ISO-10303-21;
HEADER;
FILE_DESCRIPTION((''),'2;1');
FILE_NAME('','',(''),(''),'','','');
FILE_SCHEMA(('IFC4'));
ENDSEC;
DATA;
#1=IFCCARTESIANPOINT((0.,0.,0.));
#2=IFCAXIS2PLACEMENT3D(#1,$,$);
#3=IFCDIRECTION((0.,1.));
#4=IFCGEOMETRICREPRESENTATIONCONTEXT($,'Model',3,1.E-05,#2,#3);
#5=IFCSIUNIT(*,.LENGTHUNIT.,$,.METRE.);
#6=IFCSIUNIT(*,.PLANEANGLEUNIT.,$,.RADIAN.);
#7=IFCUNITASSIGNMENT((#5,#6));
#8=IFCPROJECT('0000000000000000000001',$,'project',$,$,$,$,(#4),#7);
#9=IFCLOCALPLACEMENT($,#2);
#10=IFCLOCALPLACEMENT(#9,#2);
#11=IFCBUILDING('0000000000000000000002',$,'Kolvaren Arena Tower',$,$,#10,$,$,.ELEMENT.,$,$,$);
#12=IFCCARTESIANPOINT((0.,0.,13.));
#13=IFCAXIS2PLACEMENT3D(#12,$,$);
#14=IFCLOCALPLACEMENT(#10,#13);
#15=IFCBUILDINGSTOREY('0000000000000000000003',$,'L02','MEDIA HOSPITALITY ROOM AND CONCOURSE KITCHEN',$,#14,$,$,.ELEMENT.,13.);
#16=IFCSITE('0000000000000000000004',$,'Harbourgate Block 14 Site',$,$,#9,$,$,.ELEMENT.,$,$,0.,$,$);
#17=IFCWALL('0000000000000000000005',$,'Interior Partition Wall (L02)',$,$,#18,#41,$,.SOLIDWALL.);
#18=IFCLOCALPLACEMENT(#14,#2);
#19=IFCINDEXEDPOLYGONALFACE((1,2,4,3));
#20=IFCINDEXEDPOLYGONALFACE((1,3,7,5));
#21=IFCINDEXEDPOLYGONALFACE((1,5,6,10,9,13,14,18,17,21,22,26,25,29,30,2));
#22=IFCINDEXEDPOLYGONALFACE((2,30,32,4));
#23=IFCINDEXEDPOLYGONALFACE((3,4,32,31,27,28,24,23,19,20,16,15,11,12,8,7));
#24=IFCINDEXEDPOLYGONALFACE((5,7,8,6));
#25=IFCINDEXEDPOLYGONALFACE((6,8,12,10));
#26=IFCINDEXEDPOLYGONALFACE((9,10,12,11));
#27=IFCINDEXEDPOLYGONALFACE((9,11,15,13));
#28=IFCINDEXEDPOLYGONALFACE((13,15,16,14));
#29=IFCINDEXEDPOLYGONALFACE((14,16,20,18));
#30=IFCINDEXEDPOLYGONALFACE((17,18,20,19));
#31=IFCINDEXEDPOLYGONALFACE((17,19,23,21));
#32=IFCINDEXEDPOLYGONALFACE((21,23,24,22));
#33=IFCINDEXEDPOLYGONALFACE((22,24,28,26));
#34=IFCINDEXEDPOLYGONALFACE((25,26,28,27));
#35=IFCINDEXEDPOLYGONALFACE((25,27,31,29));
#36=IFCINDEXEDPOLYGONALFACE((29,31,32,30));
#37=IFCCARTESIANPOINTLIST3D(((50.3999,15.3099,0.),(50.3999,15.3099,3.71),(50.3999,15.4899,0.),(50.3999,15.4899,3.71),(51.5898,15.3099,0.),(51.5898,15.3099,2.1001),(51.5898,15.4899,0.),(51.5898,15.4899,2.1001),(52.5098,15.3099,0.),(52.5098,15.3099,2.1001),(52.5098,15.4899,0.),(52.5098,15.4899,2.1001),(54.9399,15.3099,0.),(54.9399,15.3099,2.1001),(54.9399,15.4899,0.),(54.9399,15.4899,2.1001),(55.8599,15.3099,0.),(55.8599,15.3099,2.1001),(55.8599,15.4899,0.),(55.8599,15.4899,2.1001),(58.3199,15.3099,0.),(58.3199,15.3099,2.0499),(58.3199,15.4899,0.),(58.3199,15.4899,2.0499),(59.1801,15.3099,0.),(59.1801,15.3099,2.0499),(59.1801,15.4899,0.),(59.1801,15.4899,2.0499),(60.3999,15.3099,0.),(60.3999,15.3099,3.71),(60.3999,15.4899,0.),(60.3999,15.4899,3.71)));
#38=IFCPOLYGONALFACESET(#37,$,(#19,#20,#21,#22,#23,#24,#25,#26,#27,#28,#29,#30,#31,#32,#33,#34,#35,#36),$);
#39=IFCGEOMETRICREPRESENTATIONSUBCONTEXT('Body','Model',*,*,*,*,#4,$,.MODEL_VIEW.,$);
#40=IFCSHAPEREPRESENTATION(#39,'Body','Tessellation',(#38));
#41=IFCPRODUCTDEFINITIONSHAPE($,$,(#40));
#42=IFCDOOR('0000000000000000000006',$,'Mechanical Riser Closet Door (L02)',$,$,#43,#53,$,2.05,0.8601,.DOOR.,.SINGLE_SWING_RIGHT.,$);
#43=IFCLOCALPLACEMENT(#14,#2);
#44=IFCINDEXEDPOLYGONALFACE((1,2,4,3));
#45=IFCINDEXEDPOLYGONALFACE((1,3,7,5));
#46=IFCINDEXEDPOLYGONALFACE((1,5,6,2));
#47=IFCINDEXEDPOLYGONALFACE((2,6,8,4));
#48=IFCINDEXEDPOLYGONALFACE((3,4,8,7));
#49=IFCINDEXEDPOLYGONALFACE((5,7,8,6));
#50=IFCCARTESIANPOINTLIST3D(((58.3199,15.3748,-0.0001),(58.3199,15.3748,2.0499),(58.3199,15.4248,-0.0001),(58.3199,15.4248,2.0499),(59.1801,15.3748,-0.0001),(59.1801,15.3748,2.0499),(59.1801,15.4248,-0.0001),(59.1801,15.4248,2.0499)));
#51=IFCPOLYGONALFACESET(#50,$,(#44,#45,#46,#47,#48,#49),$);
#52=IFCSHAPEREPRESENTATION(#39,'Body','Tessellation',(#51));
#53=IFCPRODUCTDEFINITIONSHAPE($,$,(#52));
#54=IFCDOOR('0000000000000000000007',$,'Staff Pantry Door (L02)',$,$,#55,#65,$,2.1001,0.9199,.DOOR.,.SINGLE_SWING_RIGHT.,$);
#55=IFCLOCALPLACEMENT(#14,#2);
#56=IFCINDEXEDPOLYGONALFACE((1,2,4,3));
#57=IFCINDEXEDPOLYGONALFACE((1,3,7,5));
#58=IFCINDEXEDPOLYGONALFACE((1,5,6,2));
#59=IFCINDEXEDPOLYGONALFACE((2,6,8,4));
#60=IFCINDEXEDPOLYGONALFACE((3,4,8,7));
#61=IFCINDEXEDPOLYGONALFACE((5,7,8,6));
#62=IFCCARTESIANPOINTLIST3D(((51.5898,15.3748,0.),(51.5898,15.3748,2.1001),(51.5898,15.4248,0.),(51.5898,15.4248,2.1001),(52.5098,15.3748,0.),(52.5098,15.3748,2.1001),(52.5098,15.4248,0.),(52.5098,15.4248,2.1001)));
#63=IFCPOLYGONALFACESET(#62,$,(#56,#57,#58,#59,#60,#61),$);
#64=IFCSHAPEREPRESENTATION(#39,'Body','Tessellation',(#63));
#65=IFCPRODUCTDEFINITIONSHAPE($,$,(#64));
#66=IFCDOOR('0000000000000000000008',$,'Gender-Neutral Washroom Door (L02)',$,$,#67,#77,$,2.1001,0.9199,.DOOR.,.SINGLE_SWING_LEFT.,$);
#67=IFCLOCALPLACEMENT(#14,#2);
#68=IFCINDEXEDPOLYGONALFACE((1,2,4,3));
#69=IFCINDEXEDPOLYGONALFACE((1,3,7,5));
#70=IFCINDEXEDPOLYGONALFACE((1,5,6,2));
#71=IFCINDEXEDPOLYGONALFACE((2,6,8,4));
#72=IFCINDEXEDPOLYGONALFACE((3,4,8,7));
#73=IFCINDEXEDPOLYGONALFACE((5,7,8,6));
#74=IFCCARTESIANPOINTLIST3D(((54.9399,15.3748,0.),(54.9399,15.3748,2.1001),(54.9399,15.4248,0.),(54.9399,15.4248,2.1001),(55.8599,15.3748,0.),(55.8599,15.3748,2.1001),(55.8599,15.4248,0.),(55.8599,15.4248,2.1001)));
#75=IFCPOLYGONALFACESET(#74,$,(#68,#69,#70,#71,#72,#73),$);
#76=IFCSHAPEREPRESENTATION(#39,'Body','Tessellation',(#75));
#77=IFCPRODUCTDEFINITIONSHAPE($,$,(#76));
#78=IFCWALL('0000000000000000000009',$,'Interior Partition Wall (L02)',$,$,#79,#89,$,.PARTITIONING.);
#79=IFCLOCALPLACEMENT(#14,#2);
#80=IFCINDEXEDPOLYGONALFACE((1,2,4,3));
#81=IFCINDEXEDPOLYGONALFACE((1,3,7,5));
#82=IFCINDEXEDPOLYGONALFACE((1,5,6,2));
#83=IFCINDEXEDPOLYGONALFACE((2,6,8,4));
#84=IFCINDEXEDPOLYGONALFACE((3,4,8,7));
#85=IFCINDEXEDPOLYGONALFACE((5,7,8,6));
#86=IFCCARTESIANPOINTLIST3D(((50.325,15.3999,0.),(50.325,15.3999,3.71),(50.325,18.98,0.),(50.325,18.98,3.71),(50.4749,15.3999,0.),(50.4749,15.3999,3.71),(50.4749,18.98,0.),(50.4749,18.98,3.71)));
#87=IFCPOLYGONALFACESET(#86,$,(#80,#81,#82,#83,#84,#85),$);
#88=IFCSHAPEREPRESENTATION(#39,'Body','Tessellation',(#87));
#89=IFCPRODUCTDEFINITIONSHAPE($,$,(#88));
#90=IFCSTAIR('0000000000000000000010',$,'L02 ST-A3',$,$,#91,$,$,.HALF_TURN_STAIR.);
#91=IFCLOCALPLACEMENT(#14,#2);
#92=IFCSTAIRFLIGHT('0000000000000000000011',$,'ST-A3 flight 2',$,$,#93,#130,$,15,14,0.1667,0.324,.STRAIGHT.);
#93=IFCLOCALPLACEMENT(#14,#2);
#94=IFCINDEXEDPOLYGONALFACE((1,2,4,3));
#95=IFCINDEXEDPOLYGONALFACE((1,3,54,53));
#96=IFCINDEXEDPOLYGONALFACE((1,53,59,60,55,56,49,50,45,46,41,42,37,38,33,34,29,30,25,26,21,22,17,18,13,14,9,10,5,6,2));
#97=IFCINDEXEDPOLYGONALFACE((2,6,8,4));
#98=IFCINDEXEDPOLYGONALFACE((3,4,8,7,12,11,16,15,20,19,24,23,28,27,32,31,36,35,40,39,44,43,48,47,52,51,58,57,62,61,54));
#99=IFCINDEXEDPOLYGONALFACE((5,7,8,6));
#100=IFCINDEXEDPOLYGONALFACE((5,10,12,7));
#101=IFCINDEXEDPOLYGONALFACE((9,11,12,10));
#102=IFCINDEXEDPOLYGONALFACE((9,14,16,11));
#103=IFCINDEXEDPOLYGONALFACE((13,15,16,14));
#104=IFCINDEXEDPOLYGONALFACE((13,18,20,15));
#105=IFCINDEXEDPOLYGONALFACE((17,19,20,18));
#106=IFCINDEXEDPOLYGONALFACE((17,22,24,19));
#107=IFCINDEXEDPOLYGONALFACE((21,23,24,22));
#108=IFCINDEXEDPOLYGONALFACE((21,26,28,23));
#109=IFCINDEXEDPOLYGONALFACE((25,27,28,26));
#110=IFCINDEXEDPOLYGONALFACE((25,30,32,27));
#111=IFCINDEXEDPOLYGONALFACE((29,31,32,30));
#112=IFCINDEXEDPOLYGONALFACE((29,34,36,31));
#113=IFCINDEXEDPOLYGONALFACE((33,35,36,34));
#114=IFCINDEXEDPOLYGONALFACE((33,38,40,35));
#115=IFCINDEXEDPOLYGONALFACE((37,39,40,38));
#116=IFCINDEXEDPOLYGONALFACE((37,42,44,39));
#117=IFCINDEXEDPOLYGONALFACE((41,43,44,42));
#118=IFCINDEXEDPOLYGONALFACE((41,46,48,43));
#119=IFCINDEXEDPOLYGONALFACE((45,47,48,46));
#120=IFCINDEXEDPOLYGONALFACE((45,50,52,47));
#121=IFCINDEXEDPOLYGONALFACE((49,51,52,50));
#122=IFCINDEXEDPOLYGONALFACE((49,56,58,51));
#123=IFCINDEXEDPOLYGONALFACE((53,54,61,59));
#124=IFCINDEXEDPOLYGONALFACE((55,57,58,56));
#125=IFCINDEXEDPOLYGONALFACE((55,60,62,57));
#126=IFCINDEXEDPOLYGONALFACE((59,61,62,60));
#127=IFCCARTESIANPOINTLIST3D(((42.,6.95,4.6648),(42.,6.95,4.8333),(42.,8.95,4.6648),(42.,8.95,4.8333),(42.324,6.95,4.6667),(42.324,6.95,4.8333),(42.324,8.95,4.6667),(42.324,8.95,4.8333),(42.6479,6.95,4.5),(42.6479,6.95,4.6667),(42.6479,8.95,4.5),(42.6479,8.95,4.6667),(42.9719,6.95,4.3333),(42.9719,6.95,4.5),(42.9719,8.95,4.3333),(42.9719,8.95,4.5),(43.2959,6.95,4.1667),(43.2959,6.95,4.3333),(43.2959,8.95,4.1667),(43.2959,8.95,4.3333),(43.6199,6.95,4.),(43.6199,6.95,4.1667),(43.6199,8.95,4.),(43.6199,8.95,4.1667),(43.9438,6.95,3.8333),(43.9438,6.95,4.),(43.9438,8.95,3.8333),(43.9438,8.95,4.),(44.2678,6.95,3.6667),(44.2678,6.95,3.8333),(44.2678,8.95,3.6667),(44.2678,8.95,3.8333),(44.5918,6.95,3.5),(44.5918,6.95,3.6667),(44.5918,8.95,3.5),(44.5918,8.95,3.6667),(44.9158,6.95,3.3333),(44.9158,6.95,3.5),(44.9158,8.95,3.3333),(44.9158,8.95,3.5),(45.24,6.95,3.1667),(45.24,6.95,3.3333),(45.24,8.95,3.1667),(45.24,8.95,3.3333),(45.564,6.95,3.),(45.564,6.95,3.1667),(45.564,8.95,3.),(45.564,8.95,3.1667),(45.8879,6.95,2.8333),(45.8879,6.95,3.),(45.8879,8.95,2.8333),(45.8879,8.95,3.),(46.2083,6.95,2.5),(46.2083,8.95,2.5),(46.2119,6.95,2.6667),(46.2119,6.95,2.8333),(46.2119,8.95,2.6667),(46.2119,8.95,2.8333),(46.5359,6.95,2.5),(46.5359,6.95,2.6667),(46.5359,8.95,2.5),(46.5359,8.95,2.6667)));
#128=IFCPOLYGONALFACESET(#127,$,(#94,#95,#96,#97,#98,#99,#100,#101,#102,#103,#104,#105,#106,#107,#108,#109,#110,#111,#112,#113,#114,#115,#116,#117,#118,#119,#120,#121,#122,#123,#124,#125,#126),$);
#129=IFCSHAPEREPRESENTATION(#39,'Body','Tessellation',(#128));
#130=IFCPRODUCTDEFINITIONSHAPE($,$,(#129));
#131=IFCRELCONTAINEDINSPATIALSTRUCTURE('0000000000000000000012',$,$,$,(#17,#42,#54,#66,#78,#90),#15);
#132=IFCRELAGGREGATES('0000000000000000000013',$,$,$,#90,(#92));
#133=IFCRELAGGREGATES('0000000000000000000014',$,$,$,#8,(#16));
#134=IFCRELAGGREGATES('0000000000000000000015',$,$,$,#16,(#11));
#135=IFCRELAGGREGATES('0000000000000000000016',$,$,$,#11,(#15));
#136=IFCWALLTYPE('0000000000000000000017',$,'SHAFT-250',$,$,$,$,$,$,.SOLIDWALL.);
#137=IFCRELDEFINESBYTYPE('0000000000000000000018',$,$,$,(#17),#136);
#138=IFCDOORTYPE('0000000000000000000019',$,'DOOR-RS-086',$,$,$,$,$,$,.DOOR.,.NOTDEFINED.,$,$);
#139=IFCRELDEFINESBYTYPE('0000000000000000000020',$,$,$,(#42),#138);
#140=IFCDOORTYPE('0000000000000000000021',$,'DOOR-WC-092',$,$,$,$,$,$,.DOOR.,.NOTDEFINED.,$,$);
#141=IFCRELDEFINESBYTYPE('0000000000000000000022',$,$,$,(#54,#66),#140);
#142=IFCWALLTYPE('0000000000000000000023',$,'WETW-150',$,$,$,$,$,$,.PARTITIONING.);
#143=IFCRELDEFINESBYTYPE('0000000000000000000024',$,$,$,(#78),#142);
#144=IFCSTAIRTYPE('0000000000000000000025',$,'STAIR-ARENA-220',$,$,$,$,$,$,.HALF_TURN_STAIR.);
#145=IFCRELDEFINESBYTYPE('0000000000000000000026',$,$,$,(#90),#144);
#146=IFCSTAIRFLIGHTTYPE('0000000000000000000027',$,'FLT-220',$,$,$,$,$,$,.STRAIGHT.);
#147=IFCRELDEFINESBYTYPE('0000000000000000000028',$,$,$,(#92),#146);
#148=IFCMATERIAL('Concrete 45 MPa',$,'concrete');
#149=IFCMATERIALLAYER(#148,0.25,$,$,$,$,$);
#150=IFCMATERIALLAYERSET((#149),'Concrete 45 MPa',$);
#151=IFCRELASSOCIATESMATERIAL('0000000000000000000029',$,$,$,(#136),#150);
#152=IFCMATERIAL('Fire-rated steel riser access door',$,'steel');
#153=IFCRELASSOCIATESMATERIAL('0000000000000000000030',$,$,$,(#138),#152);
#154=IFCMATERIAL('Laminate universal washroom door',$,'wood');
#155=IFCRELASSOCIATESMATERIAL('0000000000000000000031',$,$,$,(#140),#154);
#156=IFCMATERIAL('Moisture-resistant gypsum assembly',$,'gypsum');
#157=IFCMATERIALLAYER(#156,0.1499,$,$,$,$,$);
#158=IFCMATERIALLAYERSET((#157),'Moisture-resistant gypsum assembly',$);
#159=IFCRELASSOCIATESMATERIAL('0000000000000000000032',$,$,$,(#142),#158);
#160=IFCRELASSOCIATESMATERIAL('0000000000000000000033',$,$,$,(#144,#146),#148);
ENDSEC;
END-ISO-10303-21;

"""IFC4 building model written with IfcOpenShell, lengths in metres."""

from ifc_helpers import new_model, si_unit, direction, frame, frame_2d, origin, place, context, subcontext, project, spatial, polyline, rectangle, outline, extrude, material, layer, layer_set, type_object, element, fill, aggregate, save


model = new_model("IFC4")

# Units and contexts
model_context = context("Model", 3, precision=1e-05, world=origin(), true_north=direction((0.0, 1.0)))
body_context = subcontext(model_context, "Body", "Model", "MODEL_VIEW")
ifc_project = project(units=[si_unit("LENGTHUNIT", "METRE"), si_unit("PLANEANGLEUNIT", "RADIAN")], contexts=[model_context])

# Site, building, storey
site_placement = place(None, origin())
site = spatial("IfcSite", under=ifc_project, at=site_placement, Name="Harbourgate Block 14 Site", CompositionType="ELEMENT", RefElevation=0.0)
building_placement = place(site_placement, origin())
building = spatial("IfcBuilding", under=site, at=building_placement, Name="Kolvaren Arena Tower", CompositionType="ELEMENT")
storey_placement = place(building_placement, frame((0.0, 0.0, 13.0)))
storey = spatial("IfcBuildingStorey", under=building, at=storey_placement, Name="L02", Description="MEDIA HOSPITALITY ROOM AND CONCOURSE KITCHEN", CompositionType="ELEMENT", Elevation=13.0)

# Shared definitions
ifc_material_1 = material(Name="Concrete 45 MPa", Category="concrete")
ifc_layer_1 = layer(ifc_material_1, 0.25)
ifc_layer_set_1 = layer_set([ifc_layer_1], Name="Concrete 45 MPa")
wall_type_1 = type_object("IfcWallType", Name="SHAFT-250", PredefinedType="SOLIDWALL", material=ifc_layer_set_1)

# Wall, openings, doors
wall_1_placement = place(storey_placement, frame((50.3999, 15.3999, 0.0), z_axis=(0.0, 0.0, 1.0), x_axis=(1.0, 0.0, 0.0)))
wall_1 = element("IfcWall", 1, at=wall_1_placement, inside=storey, type_object=wall_type_1, Name="Interior Partition Wall (L02)", PredefinedType="SOLIDWALL", context=body_context, shape_type="SweptSolid", body=[
    extrude(rectangle(XDim=10.0, YDim=0.1799, at=frame_2d((5.0, 0.0))), origin(), (0.0, 0.0, 1.0), 3.71),
])
opening_1_placement = place(wall_1_placement, frame((1.1899, 0.0, 0.0)))
opening_1 = element("IfcOpeningElement", 2, at=opening_1_placement, cuts=wall_1, PredefinedType="OPENING", context=body_context, shape_type="SweptSolid", body=[
    extrude(rectangle(XDim=0.9199, YDim=2.1001, at=frame_2d((0.46, 1.05))), frame((0.0, 0.0999, 0.0), z_axis=(0.0, -1.0, 0.0), x_axis=(1.0, 0.0, 0.0)), (0.0, 0.0, 1.0), 0.2),
])
opening_2_placement = place(wall_1_placement, frame((4.54, 0.0, 0.0)))
opening_2 = element("IfcOpeningElement", 3, at=opening_2_placement, cuts=wall_1, PredefinedType="OPENING", context=body_context, shape_type="SweptSolid", body=[
    extrude(rectangle(XDim=0.9199, YDim=2.1001, at=frame_2d((0.46, 1.05))), frame((0.0, 0.0999, 0.0), z_axis=(0.0, -1.0, 0.0), x_axis=(1.0, 0.0, 0.0)), (0.0, 0.0, 1.0), 0.2),
])
opening_3_placement = place(wall_1_placement, frame((7.9199, 0.0, 0.0)))
opening_3 = element("IfcOpeningElement", 4, at=opening_3_placement, cuts=wall_1, PredefinedType="OPENING", context=body_context, shape_type="SweptSolid", body=[
    extrude(rectangle(XDim=0.8601, YDim=2.05, at=frame_2d((0.4302, 1.0249))), frame((0.0, 0.0999, 0.0), z_axis=(0.0, -1.0, 0.0), x_axis=(1.0, 0.0, 0.0)), (0.0, 0.0, 1.0), 0.2),
])
ifc_material_2 = material(Name="Fire-rated steel riser access door", Category="steel")
door_type_1 = type_object("IfcDoorType", Name="DOOR-RS-086", OperationType="NOTDEFINED", PredefinedType="DOOR", material=ifc_material_2)
door_1_placement = place(opening_3_placement, origin())
door_1 = element("IfcDoor", 5, at=door_1_placement, inside=storey, type_object=door_type_1, Name="Mechanical Riser Closet Door (L02)", OperationType="SINGLE_SWING_RIGHT", OverallHeight=2.05, OverallWidth=0.8601, PredefinedType="DOOR", context=body_context, shape_type="SweptSolid", body=[
    extrude(rectangle(XDim=0.8601, YDim=2.05, at=frame_2d((0.4302, 1.0249))), frame((0.0, 0.0249, 0.0), z_axis=(0.0, -1.0, 0.0), x_axis=(1.0, 0.0, 0.0)), (0.0, 0.0, 1.0), 0.05),
])
fill(opening_3, door_1)
ifc_material_3 = material(Name="Laminate universal washroom door", Category="wood")
door_type_2 = type_object("IfcDoorType", Name="DOOR-WC-092", OperationType="NOTDEFINED", PredefinedType="DOOR", material=ifc_material_3)
door_2_placement = place(opening_1_placement, origin())
door_2 = element("IfcDoor", 6, at=door_2_placement, inside=storey, type_object=door_type_2, Name="Staff Pantry Door (L02)", OperationType="SINGLE_SWING_RIGHT", OverallHeight=2.1001, OverallWidth=0.9199, PredefinedType="DOOR", context=body_context, shape_type="SweptSolid", body=[
    extrude(rectangle(XDim=0.9199, YDim=2.1001, at=frame_2d((0.46, 1.05))), frame((0.0, 0.0249, 0.0), z_axis=(0.0, -1.0, 0.0), x_axis=(1.0, 0.0, 0.0)), (0.0, 0.0, 1.0), 0.05),
])
fill(opening_1, door_2)
door_3_placement = place(opening_2_placement, origin())
door_3 = element("IfcDoor", 7, at=door_3_placement, inside=storey, type_object=door_type_2, Name="Gender-Neutral Washroom Door (L02)", OperationType="SINGLE_SWING_LEFT", OverallHeight=2.1001, OverallWidth=0.9199, PredefinedType="DOOR", context=body_context, shape_type="SweptSolid", body=[
    extrude(rectangle(XDim=0.9199, YDim=2.1001, at=frame_2d((0.46, 1.05))), frame((0.0, 0.0249, 0.0), z_axis=(0.0, -1.0, 0.0), x_axis=(1.0, 0.0, 0.0)), (0.0, 0.0, 1.0), 0.05),
])
fill(opening_2, door_3)

# Wall
ifc_material_4 = material(Name="Moisture-resistant gypsum assembly", Category="gypsum")
ifc_layer_2 = layer(ifc_material_4, 0.1499)
ifc_layer_set_2 = layer_set([ifc_layer_2], Name="Moisture-resistant gypsum assembly")
wall_type_2 = type_object("IfcWallType", Name="WETW-150", PredefinedType="PARTITIONING", material=ifc_layer_set_2)
wall_2_placement = place(storey_placement, frame((50.3999, 15.3999, 0.0), z_axis=(0.0, 0.0, 1.0), x_axis=(0.0, 1.0, 0.0)))
element("IfcWall", 8, at=wall_2_placement, inside=storey, type_object=wall_type_2, Name="Interior Partition Wall (L02)", PredefinedType="PARTITIONING", context=body_context, shape_type="SweptSolid", body=[
    extrude(rectangle(XDim=3.5801, YDim=0.1499, at=frame_2d((1.79, 0.0))), origin(), (0.0, 0.0, 1.0), 3.71),
])

# Stair, stair flight
stair_type = type_object("IfcStairType", Name="STAIR-ARENA-220", PredefinedType="HALF_TURN_STAIR", material=ifc_material_1)
stair_placement = place(storey_placement, origin())
stair = element("IfcStair", 9, at=stair_placement, inside=storey, type_object=stair_type, Name="L02 ST-A3", PredefinedType="HALF_TURN_STAIR")
stair_flight_type = type_object("IfcStairFlightType", Name="FLT-220", PredefinedType="STRAIGHT", material=ifc_material_1)
stair_flight_placement = place(storey_placement, frame((46.5359, 7.95, 2.5), z_axis=(0.0, 0.0, 1.0), x_axis=(-1.0, 0.0, 0.0)))
stair_flight = element("IfcStairFlight", 10, at=stair_flight_placement, type_object=stair_flight_type, Name="ST-A3 flight 2", NumberOfRisers=15, NumberOfTreads=14, PredefinedType="STRAIGHT", RiserHeight=0.1667, TreadLength=0.324, context=body_context, shape_type="SweptSolid", body=[
    extrude(outline(polyline([(0.0, 0.0), (0.0, 0.1667), (0.324, 0.1667), (0.324, 0.3333), (0.6479, 0.3333), (0.6479, 0.5), (0.9719, 0.5), (0.9719, 0.6667), (1.2959, 0.6667), (1.2959, 0.8333), (1.6201, 0.8333), (1.6201, 1.0), (1.9441, 1.0), (1.9441, 1.1667), (2.2681, 1.1667), (2.2681, 1.3333), (2.592, 1.3333), (2.592, 1.5), (2.916, 1.5), (2.916, 1.6667), (3.24, 1.6667), (3.24, 1.8333), (3.564, 1.8333), (3.564, 2.0), (3.8879, 2.0), (3.8879, 2.1667), (4.2119, 2.1667), (4.2119, 2.3333), (4.5359, 2.3333), (4.5359, 2.5), (4.5359, 2.1648), (0.3276, 0.0), (0.0, 0.0)])), frame((0.0, 1.0, 0.0), z_axis=(0.0, -1.0, 0.0), x_axis=(1.0, 0.0, 0.0)), (0.0, 0.0, 1.0), 2.0),
])
aggregate(stair, [stair_flight])

save(model, "model.ifc")
